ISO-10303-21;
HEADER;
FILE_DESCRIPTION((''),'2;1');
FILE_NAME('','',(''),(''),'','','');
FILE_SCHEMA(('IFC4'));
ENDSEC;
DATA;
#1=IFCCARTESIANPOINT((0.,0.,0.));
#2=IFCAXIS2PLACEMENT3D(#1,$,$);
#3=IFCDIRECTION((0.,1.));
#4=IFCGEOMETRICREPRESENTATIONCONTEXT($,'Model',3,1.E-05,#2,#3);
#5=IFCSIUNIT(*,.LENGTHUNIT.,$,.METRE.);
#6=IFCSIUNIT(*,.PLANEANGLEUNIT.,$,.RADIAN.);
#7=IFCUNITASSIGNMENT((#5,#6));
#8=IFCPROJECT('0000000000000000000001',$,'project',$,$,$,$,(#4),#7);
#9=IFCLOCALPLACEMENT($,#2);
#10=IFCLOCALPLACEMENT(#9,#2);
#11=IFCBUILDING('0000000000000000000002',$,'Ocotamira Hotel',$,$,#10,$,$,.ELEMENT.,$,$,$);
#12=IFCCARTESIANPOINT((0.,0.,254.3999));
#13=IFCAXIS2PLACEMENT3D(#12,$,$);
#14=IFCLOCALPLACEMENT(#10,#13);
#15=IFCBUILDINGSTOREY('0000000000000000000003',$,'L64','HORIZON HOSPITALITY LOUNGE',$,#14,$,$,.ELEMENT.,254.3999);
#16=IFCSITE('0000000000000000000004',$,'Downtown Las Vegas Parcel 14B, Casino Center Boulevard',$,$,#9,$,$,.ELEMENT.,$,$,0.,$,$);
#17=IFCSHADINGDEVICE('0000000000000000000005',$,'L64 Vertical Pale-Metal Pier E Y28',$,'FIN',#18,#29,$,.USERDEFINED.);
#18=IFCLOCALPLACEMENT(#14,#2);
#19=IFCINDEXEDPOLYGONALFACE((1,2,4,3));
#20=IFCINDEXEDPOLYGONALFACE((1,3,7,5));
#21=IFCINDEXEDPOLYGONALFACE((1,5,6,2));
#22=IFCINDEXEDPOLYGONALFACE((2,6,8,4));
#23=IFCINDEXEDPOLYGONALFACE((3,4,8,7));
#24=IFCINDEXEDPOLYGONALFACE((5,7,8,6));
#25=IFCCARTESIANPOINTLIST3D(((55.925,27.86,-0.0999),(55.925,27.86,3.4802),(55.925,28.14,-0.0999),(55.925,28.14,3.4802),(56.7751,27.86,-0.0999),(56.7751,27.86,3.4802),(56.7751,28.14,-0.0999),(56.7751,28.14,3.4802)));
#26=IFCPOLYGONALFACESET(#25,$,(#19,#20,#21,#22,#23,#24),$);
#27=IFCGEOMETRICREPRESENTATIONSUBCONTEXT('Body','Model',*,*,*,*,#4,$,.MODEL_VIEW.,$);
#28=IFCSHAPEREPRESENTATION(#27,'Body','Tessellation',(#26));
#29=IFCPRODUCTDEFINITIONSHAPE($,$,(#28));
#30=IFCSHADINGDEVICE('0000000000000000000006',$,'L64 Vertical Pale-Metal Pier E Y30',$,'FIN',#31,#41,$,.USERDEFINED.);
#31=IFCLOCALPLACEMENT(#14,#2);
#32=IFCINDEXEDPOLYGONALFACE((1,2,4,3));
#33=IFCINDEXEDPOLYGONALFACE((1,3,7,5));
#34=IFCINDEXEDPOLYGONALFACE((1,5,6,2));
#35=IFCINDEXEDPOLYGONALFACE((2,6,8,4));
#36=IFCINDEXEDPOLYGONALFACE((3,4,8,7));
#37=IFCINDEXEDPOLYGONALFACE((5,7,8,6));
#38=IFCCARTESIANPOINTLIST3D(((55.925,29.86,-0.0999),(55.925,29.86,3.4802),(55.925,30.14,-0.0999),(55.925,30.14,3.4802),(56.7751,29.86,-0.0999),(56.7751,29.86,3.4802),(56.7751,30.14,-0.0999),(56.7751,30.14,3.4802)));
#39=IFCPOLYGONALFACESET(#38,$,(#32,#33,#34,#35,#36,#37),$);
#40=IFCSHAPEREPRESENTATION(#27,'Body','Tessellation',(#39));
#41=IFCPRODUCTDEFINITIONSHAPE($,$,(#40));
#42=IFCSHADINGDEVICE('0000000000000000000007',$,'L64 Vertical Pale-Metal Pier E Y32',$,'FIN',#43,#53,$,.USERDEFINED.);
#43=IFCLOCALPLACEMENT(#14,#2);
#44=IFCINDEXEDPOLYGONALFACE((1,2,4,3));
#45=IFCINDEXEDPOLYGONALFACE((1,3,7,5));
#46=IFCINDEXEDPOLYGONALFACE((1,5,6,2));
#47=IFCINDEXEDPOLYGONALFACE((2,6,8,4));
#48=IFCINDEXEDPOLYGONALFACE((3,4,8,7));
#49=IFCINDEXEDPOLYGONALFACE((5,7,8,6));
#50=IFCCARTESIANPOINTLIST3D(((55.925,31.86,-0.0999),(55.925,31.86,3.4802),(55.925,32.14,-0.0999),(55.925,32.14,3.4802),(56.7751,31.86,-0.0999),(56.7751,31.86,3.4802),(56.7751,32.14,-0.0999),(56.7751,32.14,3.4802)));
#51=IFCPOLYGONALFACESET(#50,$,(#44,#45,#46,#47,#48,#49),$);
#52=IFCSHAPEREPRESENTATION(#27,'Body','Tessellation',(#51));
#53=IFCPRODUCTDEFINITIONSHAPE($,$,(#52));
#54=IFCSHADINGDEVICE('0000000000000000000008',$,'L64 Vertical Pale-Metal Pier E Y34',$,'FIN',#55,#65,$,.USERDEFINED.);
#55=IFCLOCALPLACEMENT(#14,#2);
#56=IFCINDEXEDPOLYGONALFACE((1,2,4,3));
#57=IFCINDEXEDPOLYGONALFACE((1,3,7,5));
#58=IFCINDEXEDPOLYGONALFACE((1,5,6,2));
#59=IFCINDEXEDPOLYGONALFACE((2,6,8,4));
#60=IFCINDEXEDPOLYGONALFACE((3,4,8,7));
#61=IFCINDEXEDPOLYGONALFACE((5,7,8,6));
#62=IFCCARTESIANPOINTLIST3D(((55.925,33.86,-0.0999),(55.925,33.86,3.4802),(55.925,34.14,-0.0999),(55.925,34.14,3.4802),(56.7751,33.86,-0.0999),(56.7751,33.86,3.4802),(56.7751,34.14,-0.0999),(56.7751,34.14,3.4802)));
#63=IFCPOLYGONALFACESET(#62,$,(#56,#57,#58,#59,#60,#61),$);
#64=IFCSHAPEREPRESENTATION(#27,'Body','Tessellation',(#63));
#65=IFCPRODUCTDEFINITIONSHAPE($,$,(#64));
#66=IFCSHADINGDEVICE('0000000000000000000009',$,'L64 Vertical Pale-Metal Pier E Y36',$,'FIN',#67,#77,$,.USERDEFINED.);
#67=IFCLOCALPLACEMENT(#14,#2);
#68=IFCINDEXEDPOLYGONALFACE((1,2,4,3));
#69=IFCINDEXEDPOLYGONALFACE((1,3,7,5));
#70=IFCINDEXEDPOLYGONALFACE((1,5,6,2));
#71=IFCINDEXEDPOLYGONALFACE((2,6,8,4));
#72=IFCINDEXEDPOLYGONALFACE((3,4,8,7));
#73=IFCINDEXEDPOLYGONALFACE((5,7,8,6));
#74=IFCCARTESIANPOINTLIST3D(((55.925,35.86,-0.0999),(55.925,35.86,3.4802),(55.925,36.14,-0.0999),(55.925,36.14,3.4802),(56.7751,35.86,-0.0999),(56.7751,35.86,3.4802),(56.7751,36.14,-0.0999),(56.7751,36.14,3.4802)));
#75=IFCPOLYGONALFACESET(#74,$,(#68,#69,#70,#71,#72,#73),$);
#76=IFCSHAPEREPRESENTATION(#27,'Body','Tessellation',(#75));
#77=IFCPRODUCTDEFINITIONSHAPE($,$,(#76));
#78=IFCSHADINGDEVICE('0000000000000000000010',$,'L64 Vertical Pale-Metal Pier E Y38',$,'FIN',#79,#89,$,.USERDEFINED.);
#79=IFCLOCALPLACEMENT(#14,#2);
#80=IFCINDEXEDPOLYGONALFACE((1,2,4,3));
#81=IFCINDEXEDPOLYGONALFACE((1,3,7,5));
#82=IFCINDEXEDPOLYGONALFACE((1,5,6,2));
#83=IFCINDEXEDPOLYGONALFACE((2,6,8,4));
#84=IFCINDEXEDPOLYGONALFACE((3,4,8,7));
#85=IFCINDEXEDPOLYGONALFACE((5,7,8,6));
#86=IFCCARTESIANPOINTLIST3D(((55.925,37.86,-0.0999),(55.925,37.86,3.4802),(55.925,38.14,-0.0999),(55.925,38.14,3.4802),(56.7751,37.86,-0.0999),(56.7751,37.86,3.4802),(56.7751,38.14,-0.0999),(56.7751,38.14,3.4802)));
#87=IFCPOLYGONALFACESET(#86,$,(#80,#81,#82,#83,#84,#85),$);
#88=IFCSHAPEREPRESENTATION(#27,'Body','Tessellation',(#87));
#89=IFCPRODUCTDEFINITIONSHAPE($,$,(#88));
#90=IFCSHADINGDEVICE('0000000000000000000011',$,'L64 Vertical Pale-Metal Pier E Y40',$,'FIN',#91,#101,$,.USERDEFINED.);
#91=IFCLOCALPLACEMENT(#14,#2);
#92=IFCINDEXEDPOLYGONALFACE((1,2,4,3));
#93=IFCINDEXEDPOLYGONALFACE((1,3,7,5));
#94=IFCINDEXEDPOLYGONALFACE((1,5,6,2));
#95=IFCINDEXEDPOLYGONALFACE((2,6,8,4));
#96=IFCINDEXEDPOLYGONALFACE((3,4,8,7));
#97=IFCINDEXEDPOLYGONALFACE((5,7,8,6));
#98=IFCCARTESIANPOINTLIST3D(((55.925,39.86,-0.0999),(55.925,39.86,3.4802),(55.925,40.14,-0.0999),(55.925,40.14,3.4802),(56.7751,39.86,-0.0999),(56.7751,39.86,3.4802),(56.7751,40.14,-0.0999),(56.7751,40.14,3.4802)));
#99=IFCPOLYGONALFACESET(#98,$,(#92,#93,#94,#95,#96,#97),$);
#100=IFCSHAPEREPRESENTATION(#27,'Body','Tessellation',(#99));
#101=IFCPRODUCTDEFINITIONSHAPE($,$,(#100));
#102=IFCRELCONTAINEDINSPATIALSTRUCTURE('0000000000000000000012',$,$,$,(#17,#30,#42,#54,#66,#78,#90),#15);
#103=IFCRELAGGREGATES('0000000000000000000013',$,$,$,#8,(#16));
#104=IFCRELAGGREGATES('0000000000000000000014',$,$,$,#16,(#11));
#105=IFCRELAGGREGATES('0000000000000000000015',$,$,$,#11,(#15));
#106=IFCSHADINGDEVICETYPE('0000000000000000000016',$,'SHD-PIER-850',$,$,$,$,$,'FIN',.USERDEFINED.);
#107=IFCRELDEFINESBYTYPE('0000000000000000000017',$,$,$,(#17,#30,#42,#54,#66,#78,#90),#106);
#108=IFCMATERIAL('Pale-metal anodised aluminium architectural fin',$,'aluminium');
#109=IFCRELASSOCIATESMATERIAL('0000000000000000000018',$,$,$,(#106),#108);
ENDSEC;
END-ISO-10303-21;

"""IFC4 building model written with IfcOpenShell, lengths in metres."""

from ifc_helpers import new_model, si_unit, direction, frame, origin, origin_2d, place, context, subcontext, project, spatial, rectangle, extrude, source, transform, mapped, material, type_object, element, save


model = new_model("IFC4")

# Units and contexts
model_context = context("Model", 3, precision=1e-05, world=origin(), true_north=direction((0.0, 1.0)))
body_context = subcontext(model_context, "Body", "Model", "MODEL_VIEW")
ifc_project = project(units=[si_unit("LENGTHUNIT", "METRE"), si_unit("PLANEANGLEUNIT", "RADIAN")], contexts=[model_context])

# Site, building, storey
site_placement = place(None, origin())
site = spatial("IfcSite", under=ifc_project, at=site_placement, Name="Downtown Las Vegas Parcel 14B, Casino Center Boulevard", CompositionType="ELEMENT", RefElevation=0.0)
building_placement = place(site_placement, origin())
building = spatial("IfcBuilding", under=site, at=building_placement, Name="Ocotamira Hotel", CompositionType="ELEMENT")
storey_placement = place(building_placement, frame((0.0, 0.0, 254.3999)))
storey = spatial("IfcBuildingStorey", under=building, at=storey_placement, Name="L64", Description="HORIZON HOSPITALITY LOUNGE", CompositionType="ELEMENT", Elevation=254.3999)

# Shading devices
ifc_material_1 = material(Name="Pale-metal anodised aluminium architectural fin", Category="aluminium")
shading_device_type = type_object("IfcShadingDeviceType", Name="SHD-PIER-850", ElementType="FIN", PredefinedType="USERDEFINED", material=ifc_material_1)
shared_shape_1 = source(origin(), body_context, "Body", "SweptSolid", [
    extrude(rectangle(XDim=0.8501, YDim=0.28, at=origin_2d()), origin(), (0.0, 0.0, 1.0), 3.5801),
])
for number, where, z_axis, x_axis, name in (
    (1, (56.3501, 28.0, -0.0999), (0.0, 0.0, 1.0), (1.0, 0.0, 0.0), "L64 Vertical Pale-Metal Pier E Y28"),
    (2, (56.3501, 30.0, -0.0999), (0.0, 0.0, 1.0), (1.0, 0.0, 0.0), "L64 Vertical Pale-Metal Pier E Y30"),
    (3, (56.3501, 32.0, -0.0999), (0.0, 0.0, 1.0), (1.0, 0.0, 0.0), "L64 Vertical Pale-Metal Pier E Y32"),
    (4, (56.3501, 34.0, -0.0999), (0.0, 0.0, 1.0), (1.0, 0.0, 0.0), "L64 Vertical Pale-Metal Pier E Y34"),
    (5, (56.3501, 36.0, -0.0999), (0.0, 0.0, 1.0), (1.0, 0.0, 0.0), "L64 Vertical Pale-Metal Pier E Y36"),
    (6, (56.3501, 38.0, -0.0999), (0.0, 0.0, 1.0), (1.0, 0.0, 0.0), "L64 Vertical Pale-Metal Pier E Y38"),
    (7, (56.3501, 40.0, -0.0999), (0.0, 0.0, 1.0), (1.0, 0.0, 0.0), "L64 Vertical Pale-Metal Pier E Y40"),
):
    element("IfcShadingDevice", number, at=place(storey_placement, frame(where, z_axis=z_axis, x_axis=x_axis)), inside=storey, type_object=shading_device_type, Name=name, ObjectType="FIN", PredefinedType="USERDEFINED", context=body_context, shape_type="MappedRepresentation", body=[
        mapped(shared_shape_1, transform((0.0, 0.0, 0.0), scale=1.0)),
    ])

save(model, "model.ifc")
